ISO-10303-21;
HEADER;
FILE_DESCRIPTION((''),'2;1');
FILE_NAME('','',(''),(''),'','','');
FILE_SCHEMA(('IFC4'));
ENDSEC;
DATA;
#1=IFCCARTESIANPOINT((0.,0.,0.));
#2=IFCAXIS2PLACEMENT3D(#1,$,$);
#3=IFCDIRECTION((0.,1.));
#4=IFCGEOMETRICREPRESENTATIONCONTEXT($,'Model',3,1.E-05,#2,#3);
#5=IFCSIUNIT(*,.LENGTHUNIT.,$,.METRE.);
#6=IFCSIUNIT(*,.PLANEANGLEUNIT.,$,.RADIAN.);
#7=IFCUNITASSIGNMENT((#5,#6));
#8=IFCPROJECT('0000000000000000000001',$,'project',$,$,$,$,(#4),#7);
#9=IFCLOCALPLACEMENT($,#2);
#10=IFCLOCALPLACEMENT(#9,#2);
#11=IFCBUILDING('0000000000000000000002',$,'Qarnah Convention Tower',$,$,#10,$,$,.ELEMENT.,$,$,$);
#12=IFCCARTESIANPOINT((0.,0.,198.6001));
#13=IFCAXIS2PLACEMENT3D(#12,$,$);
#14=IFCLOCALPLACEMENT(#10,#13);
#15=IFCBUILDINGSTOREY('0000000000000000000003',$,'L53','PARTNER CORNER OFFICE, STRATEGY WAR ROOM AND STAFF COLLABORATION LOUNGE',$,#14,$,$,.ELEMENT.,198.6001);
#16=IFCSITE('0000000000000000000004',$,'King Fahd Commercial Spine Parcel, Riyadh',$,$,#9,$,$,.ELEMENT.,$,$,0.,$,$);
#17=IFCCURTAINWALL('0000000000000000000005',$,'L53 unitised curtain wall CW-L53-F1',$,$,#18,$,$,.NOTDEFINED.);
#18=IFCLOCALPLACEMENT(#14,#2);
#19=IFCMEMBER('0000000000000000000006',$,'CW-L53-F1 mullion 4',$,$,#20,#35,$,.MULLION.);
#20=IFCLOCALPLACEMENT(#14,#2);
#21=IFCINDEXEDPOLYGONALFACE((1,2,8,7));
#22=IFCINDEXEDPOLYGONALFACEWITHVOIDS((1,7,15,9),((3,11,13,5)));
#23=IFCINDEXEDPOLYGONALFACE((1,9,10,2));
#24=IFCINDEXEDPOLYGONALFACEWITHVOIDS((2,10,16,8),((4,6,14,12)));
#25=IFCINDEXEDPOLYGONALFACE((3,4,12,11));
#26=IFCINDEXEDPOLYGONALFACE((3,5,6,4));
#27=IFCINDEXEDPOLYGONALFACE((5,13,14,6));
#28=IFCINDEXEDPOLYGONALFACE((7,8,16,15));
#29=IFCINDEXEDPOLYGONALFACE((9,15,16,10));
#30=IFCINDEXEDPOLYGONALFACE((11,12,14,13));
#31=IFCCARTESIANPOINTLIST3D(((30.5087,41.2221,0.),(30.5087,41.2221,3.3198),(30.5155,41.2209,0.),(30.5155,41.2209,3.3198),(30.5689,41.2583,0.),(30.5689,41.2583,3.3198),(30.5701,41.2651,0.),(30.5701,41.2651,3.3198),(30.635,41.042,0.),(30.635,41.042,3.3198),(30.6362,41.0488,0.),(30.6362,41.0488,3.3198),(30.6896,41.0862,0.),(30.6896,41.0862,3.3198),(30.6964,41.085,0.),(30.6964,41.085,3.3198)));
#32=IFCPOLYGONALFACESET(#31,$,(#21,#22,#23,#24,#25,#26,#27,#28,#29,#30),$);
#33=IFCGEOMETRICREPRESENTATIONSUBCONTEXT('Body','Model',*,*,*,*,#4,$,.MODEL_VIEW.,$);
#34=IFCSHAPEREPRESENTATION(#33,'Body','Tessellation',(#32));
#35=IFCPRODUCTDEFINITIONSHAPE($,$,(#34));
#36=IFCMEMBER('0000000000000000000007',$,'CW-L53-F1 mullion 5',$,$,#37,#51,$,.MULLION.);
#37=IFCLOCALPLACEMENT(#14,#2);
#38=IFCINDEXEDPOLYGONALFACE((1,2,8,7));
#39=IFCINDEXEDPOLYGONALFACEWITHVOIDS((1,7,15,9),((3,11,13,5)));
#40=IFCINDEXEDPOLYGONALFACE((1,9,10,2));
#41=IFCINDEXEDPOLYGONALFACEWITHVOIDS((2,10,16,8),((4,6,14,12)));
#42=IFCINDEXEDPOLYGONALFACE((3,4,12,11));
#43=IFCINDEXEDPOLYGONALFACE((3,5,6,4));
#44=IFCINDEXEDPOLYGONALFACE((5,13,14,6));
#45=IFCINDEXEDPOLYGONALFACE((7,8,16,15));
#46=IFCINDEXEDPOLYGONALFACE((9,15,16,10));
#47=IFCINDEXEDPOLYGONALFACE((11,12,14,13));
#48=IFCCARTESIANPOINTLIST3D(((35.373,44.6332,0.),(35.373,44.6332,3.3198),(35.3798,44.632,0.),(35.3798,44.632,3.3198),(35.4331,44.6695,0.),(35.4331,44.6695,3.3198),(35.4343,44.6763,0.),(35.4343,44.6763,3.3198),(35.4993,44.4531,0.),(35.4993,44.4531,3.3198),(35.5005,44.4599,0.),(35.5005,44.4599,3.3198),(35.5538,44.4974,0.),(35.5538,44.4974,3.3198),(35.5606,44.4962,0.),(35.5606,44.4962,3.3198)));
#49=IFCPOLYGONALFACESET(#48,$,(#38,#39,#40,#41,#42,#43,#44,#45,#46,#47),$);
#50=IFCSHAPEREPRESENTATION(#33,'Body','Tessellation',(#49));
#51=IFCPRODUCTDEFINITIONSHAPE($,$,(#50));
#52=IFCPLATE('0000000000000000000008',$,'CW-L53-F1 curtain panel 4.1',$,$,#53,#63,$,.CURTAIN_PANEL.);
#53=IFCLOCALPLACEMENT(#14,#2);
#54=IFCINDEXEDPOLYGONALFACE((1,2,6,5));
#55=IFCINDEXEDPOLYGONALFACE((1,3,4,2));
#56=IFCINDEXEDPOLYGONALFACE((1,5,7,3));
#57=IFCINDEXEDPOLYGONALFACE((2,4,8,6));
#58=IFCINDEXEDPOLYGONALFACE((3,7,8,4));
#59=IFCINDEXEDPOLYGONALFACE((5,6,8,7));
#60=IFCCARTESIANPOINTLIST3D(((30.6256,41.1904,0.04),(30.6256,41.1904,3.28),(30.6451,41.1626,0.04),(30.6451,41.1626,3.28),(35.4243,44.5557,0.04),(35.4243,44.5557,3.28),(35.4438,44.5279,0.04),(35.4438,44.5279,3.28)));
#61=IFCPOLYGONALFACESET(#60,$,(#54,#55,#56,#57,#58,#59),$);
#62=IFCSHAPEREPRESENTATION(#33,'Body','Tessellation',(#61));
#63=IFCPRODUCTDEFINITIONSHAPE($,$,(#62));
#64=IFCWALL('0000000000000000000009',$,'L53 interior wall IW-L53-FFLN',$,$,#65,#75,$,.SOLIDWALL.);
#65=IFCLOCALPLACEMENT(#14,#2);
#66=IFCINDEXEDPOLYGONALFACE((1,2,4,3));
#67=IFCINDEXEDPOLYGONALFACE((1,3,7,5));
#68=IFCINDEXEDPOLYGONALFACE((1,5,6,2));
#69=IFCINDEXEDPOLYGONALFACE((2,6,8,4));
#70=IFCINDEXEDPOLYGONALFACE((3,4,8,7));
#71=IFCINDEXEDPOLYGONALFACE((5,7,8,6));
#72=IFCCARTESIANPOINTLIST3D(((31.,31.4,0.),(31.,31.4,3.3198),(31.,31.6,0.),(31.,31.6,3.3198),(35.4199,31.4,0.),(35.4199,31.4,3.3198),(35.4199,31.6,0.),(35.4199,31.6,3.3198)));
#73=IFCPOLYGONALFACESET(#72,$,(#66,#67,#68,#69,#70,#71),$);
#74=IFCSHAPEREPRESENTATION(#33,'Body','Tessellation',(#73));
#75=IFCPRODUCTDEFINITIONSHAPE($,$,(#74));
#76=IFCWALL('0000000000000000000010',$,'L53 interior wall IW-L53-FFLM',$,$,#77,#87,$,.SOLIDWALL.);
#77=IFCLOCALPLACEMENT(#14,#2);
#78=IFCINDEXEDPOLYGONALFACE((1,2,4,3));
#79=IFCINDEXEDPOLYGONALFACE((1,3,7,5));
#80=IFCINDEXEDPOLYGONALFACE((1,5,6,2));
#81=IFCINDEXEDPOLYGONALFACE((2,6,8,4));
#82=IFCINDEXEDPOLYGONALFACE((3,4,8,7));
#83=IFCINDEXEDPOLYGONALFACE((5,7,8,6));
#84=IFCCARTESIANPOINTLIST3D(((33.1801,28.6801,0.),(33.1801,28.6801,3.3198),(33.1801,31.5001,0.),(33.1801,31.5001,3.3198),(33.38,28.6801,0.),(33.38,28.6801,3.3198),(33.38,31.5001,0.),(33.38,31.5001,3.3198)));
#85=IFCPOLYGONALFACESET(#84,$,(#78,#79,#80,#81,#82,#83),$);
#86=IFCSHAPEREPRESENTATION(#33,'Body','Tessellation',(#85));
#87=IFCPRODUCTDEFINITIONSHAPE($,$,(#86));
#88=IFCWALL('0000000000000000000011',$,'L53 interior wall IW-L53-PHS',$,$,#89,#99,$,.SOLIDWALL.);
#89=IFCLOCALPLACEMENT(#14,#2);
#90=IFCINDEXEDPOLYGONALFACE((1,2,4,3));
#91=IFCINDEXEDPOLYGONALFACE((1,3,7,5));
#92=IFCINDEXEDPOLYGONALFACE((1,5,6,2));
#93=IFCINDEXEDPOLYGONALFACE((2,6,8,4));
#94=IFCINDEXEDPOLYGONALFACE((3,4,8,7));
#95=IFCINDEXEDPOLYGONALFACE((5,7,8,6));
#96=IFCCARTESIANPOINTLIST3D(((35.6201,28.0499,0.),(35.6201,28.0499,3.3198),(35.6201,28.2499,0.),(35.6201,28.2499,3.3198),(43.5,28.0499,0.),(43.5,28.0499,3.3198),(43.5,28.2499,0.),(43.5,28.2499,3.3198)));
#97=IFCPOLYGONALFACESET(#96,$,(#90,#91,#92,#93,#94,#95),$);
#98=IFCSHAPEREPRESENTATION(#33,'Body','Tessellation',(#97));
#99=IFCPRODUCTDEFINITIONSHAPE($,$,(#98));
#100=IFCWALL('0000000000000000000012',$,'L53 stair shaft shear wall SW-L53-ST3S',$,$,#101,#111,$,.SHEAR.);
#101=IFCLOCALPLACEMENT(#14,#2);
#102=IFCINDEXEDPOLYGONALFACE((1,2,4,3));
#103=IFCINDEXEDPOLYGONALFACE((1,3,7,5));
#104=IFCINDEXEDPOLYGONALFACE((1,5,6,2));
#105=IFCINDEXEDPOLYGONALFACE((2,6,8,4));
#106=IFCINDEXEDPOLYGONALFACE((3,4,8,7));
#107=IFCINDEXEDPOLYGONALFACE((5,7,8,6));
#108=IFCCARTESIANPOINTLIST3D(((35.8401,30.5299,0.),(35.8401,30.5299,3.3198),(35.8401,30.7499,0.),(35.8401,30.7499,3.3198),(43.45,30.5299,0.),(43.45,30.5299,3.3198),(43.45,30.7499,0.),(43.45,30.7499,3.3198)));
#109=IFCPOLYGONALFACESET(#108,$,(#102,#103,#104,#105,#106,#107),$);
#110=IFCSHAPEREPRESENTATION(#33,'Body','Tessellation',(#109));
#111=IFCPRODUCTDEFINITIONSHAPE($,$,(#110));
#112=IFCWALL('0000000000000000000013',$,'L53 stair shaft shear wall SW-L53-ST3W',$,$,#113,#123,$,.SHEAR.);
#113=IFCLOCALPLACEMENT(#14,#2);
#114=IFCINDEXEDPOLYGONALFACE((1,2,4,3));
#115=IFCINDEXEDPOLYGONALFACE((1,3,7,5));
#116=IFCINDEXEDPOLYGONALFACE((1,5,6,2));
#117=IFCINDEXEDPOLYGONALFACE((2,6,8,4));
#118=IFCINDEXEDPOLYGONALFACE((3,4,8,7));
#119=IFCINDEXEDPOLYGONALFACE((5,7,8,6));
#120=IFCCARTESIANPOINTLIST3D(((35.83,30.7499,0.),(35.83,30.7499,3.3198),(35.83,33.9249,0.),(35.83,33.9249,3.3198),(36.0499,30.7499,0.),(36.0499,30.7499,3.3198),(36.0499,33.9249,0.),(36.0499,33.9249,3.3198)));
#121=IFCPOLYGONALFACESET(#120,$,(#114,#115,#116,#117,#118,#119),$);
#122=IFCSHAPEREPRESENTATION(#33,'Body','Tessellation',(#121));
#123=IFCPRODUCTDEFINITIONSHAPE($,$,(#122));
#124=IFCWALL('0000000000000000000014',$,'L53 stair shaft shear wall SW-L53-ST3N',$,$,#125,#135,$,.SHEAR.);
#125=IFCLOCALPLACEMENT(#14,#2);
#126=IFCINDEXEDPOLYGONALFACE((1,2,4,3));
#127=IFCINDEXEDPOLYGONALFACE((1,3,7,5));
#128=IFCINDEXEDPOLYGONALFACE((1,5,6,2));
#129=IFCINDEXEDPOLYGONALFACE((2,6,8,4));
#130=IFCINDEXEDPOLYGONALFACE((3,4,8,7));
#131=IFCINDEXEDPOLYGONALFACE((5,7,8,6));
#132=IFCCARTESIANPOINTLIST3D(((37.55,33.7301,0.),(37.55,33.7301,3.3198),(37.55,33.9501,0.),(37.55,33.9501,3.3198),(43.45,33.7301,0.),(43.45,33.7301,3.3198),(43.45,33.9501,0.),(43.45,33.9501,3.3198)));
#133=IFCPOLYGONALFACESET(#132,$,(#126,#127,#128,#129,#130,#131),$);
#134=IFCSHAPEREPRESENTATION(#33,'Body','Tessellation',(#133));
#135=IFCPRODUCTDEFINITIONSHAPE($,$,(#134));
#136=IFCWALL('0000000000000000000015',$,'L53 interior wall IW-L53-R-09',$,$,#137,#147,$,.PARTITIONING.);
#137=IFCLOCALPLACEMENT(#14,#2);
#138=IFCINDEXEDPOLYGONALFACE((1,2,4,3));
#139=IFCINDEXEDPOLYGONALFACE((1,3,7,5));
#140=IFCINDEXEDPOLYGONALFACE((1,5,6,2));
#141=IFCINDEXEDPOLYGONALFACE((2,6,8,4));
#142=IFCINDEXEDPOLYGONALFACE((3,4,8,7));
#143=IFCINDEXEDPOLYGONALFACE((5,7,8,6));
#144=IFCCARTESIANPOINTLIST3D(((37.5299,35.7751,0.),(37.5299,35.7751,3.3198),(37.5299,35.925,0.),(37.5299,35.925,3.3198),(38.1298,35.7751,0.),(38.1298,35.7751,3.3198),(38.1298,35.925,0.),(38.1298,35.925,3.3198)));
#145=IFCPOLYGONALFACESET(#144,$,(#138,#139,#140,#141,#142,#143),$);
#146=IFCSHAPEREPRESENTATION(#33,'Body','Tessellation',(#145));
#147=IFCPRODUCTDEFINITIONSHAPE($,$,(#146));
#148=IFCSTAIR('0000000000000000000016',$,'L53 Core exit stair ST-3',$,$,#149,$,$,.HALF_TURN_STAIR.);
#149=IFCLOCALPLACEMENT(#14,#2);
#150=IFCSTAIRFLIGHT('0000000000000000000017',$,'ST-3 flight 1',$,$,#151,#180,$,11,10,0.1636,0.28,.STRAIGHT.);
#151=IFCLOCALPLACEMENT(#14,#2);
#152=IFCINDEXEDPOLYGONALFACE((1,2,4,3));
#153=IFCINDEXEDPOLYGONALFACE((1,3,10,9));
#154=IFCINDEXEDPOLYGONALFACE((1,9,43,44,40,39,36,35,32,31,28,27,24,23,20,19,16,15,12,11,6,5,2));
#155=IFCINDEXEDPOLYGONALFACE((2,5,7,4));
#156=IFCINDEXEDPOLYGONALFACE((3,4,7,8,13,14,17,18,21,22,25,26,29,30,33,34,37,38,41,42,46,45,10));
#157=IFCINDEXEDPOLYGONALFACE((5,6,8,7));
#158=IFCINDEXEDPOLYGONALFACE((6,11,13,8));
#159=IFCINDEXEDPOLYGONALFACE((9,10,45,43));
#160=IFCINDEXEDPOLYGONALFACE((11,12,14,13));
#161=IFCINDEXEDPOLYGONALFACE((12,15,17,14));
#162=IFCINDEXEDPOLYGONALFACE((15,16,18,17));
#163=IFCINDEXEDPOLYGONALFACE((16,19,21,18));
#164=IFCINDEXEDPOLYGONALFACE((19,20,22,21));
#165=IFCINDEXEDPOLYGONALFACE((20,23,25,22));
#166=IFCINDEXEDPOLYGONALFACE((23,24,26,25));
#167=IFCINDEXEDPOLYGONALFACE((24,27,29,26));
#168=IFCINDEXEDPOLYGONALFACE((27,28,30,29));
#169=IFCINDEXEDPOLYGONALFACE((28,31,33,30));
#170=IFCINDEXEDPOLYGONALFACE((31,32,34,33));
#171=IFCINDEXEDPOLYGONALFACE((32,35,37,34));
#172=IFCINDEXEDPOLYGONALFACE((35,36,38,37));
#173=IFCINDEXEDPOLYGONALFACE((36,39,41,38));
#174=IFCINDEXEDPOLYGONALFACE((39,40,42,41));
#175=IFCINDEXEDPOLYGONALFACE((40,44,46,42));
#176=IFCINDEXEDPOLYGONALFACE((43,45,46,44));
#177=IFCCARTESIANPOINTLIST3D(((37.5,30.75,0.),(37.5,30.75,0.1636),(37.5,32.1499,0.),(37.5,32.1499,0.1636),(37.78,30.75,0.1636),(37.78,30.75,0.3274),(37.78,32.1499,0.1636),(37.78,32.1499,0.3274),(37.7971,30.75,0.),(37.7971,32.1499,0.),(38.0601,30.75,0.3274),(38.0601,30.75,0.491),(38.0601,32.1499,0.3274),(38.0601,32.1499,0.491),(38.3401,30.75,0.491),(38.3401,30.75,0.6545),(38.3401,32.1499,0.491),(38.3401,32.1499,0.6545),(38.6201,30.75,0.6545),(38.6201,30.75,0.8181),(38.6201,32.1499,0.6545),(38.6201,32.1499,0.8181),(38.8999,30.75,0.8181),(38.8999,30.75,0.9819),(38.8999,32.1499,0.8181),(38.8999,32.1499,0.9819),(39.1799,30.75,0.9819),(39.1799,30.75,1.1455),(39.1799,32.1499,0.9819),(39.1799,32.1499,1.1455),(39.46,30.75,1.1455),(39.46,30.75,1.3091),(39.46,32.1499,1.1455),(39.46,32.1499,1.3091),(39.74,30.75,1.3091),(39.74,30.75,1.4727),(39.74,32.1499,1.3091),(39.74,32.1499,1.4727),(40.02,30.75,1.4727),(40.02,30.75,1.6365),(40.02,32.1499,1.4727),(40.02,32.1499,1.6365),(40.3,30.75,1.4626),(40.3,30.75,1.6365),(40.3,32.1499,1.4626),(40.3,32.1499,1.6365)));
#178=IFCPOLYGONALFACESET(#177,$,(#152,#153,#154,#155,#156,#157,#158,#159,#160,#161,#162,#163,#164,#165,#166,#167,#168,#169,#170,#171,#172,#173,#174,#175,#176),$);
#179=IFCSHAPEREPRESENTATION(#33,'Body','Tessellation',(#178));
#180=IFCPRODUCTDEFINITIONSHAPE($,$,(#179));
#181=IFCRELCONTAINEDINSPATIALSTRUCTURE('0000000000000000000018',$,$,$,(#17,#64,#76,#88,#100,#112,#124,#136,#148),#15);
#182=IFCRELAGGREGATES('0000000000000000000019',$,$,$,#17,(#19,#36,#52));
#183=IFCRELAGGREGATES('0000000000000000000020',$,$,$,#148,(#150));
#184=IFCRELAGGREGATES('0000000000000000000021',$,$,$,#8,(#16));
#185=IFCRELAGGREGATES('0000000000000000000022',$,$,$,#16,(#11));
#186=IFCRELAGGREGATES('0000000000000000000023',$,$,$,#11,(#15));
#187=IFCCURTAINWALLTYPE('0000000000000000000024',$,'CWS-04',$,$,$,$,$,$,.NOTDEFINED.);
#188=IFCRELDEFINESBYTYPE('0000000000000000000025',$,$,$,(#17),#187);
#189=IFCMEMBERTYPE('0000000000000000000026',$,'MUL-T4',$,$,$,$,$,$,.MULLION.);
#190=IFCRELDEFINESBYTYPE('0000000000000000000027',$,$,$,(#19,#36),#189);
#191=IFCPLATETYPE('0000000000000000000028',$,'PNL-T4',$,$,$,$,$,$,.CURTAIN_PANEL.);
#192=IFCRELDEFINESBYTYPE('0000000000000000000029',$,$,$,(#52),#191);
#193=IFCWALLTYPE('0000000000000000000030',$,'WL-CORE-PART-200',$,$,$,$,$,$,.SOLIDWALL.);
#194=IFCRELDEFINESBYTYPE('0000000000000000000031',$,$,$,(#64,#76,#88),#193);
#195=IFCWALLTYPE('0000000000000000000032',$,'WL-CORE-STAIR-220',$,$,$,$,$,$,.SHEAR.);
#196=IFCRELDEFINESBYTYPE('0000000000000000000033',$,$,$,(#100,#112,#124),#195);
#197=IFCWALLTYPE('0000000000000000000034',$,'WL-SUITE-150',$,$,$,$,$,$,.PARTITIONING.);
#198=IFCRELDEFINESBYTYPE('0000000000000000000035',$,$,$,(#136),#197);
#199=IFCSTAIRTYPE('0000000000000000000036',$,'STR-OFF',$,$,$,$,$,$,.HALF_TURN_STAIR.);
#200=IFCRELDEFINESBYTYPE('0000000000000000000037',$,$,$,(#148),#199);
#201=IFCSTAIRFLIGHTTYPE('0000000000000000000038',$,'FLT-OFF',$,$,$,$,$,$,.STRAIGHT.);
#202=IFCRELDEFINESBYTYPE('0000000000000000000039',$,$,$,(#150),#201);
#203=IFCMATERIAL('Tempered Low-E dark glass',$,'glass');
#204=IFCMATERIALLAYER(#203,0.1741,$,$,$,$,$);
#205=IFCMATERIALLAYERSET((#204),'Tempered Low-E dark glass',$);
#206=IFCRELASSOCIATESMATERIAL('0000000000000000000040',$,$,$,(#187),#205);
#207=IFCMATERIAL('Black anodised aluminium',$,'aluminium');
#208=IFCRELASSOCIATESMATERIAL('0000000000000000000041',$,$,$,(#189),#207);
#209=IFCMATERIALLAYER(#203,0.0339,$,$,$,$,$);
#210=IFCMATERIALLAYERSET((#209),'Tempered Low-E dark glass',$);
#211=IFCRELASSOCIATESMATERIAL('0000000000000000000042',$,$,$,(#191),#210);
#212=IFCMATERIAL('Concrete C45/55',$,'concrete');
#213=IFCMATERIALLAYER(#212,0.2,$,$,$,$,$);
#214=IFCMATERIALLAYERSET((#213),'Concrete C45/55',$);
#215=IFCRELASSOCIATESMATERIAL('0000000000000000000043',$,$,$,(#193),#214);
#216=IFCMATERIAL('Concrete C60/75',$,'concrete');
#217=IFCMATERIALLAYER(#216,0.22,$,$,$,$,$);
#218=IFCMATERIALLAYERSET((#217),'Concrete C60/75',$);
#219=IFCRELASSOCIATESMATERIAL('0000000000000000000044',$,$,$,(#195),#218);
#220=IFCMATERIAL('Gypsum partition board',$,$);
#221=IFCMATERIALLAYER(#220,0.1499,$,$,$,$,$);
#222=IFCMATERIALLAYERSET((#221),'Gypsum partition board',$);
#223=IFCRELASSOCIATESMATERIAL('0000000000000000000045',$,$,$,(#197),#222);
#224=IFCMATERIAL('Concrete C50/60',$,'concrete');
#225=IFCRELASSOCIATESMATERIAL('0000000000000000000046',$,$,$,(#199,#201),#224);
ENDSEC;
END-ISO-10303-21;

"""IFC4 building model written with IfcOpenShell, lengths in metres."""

from ifc_helpers import new_model, si_unit, direction, frame, frame_2d, origin, origin_2d, place, context, subcontext, project, spatial, polyline, rectangle, hollow_rectangle, outline, extrude, material, layer, layer_set, material_profile, profile_set, type_object, element, aggregate, save


model = new_model("IFC4")

# Units and contexts
model_context = context("Model", 3, precision=1e-05, world=origin(), true_north=direction((0.0, 1.0)))
body_context = subcontext(model_context, "Body", "Model", "MODEL_VIEW")
ifc_project = project(units=[si_unit("LENGTHUNIT", "METRE"), si_unit("PLANEANGLEUNIT", "RADIAN")], contexts=[model_context])

# Site, building, storey
site_placement = place(None, origin())
site = spatial("IfcSite", under=ifc_project, at=site_placement, Name="King Fahd Commercial Spine Parcel, Riyadh", CompositionType="ELEMENT", RefElevation=0.0)
building_placement = place(site_placement, origin())
building = spatial("IfcBuilding", under=site, at=building_placement, Name="Qarnah Convention Tower", CompositionType="ELEMENT")
storey_placement = place(building_placement, frame((0.0, 0.0, 198.6001)))
storey = spatial("IfcBuildingStorey", under=building, at=storey_placement, Name="L53", Description="PARTNER CORNER OFFICE, STRATEGY WAR ROOM AND STAFF COLLABORATION LOUNGE", CompositionType="ELEMENT", Elevation=198.6001)

# Shared definitions
ifc_material_1 = material(Name="Concrete C50/60", Category="concrete")

# Curtain wall, members, plate
ifc_material_2 = material(Name="Tempered Low-E dark glass", Category="glass")
ifc_layer_1 = layer(ifc_material_2, 0.1741)
ifc_layer_set_1 = layer_set([ifc_layer_1], Name="Tempered Low-E dark glass")
curtain_wall_type = type_object("IfcCurtainWallType", Name="CWS-04", PredefinedType="NOTDEFINED", material=ifc_layer_set_1)
curtain_wall_placement = place(storey_placement, origin())
curtain_wall = element("IfcCurtainWall", 1, at=curtain_wall_placement, inside=storey, type_object=curtain_wall_type, Name="L53 unitised curtain wall CW-L53-F1", PredefinedType="NOTDEFINED")
ifc_material_3 = material(Name="Black anodised aluminium", Category="aluminium")
ifc_material_profile_1 = material_profile(ifc_material_3, hollow_rectangle(XDim=0.075, YDim=0.22, WallThickness=0.0049, at=origin_2d()), Name="MUL-75X220")
ifc_profile_set_1 = profile_set([ifc_material_profile_1], Name="Black anodised aluminium")
member_type = type_object("IfcMemberType", Name="MUL-T4", PredefinedType="MULLION", material=ifc_profile_set_1)
member_1_placement = place(storey_placement, frame((30.6025, 41.1536, 0.0), z_axis=(0.0, 0.0, 1.0), x_axis=(0.818737, 0.574169, 0.0)))
member_1 = element("IfcMember", 2, at=member_1_placement, type_object=member_type, Name="CW-L53-F1 mullion 4", PredefinedType="MULLION", context=body_context, shape_type="SweptSolid", body=[
    extrude(hollow_rectangle(XDim=0.075, YDim=0.22, WallThickness=0.0049, at=origin_2d()), origin(), (0.0, 0.0, 1.0), 3.3198),
])
member_2_placement = place(storey_placement, frame((35.4668, 44.5647, 0.0), z_axis=(0.0, 0.0, 1.0), x_axis=(0.818737, 0.574169, 0.0)))
member_2 = element("IfcMember", 3, at=member_2_placement, type_object=member_type, Name="CW-L53-F1 mullion 5", PredefinedType="MULLION", context=body_context, shape_type="SweptSolid", body=[
    extrude(hollow_rectangle(XDim=0.075, YDim=0.22, WallThickness=0.0049, at=origin_2d()), origin(), (0.0, 0.0, 1.0), 3.3198),
])
ifc_layer_2 = layer(ifc_material_2, 0.0339)
ifc_layer_set_2 = layer_set([ifc_layer_2], Name="Tempered Low-E dark glass")
plate_type = type_object("IfcPlateType", Name="PNL-T4", PredefinedType="CURTAIN_PANEL", material=ifc_layer_set_2)
plate_placement = place(storey_placement, frame((33.0347, 42.8591, 0.04), z_axis=(0.0, 0.0, 1.0), x_axis=(0.818737, 0.574169, 0.0)))
plate = element("IfcPlate", 4, at=plate_placement, type_object=plate_type, Name="CW-L53-F1 curtain panel 4.1", PredefinedType="CURTAIN_PANEL", context=body_context, shape_type="SweptSolid", body=[
    extrude(rectangle(XDim=5.8611, YDim=0.0339, at=origin_2d()), origin(), (0.0, 0.0, 1.0), 3.24),
])
aggregate(curtain_wall, [member_1, member_2, plate])

# Shared definitions
ifc_material_4 = material(Name="Concrete C45/55", Category="concrete")
ifc_layer_3 = layer(ifc_material_4, 0.2)
ifc_layer_set_3 = layer_set([ifc_layer_3], Name="Concrete C45/55")
wall_type_1 = type_object("IfcWallType", Name="WL-CORE-PART-200", PredefinedType="SOLIDWALL", material=ifc_layer_set_3)

# Walls
wall_1_placement = place(storey_placement, frame((31.0, 31.5, 0.0), z_axis=(0.0, 0.0, 1.0), x_axis=(1.0, 0.0, 0.0)))
element("IfcWall", 5, at=wall_1_placement, inside=storey, type_object=wall_type_1, Name="L53 interior wall IW-L53-FFLN", PredefinedType="SOLIDWALL", context=body_context, shape_type="SweptSolid", body=[
    extrude(rectangle(XDim=4.4199, YDim=0.2, at=frame_2d((2.21, 0.0))), origin(), (0.0, 0.0, 1.0), 3.3198),
])
wall_2_placement = place(storey_placement, frame((33.28, 28.6799, 0.0), z_axis=(0.0, 0.0, 1.0), x_axis=(0.0, 1.0, 0.0)))
element("IfcWall", 6, at=wall_2_placement, inside=storey, type_object=wall_type_1, Name="L53 interior wall IW-L53-FFLM", PredefinedType="SOLIDWALL", context=body_context, shape_type="SweptSolid", body=[
    extrude(rectangle(XDim=2.8201, YDim=0.2, at=frame_2d((1.4102, 0.0))), origin(), (0.0, 0.0, 1.0), 3.3198),
])
wall_3_placement = place(storey_placement, frame((35.6201, 28.1499, 0.0), z_axis=(0.0, 0.0, 1.0), x_axis=(1.0, 0.0, 0.0)))
element("IfcWall", 7, at=wall_3_placement, inside=storey, type_object=wall_type_1, Name="L53 interior wall IW-L53-PHS", PredefinedType="SOLIDWALL", context=body_context, shape_type="SweptSolid", body=[
    extrude(rectangle(XDim=7.8799, YDim=0.2, at=frame_2d((3.9399, 0.0))), origin(), (0.0, 0.0, 1.0), 3.3198),
])

# Walls
ifc_material_5 = material(Name="Concrete C60/75", Category="concrete")
ifc_layer_4 = layer(ifc_material_5, 0.22)
ifc_layer_set_4 = layer_set([ifc_layer_4], Name="Concrete C60/75")
wall_type_2 = type_object("IfcWallType", Name="WL-CORE-STAIR-220", PredefinedType="SHEAR", material=ifc_layer_set_4)
wall_4_placement = place(storey_placement, frame((35.8401, 30.6399, 0.0), z_axis=(0.0, 0.0, 1.0), x_axis=(1.0, 0.0, 0.0)))
element("IfcWall", 8, at=wall_4_placement, inside=storey, type_object=wall_type_2, Name="L53 stair shaft shear wall SW-L53-ST3S", PredefinedType="SHEAR", context=body_context, shape_type="SweptSolid", body=[
    extrude(rectangle(XDim=7.6099, YDim=0.22, at=frame_2d((3.8049, 0.0))), origin(), (0.0, 0.0, 1.0), 3.3198),
])
wall_5_placement = place(storey_placement, frame((35.9399, 30.75, 0.0), z_axis=(0.0, 0.0, 1.0), x_axis=(0.0, 1.0, 0.0)))
element("IfcWall", 9, at=wall_5_placement, inside=storey, type_object=wall_type_2, Name="L53 stair shaft shear wall SW-L53-ST3W", PredefinedType="SHEAR", context=body_context, shape_type="SweptSolid", body=[
    extrude(rectangle(XDim=3.175, YDim=0.22, at=frame_2d((1.5874, 0.0))), origin(), (0.0, 0.0, 1.0), 3.3198),
])
wall_6_placement = place(storey_placement, frame((37.55, 33.8401, 0.0), z_axis=(0.0, 0.0, 1.0), x_axis=(1.0, 0.0, 0.0)))
element("IfcWall", 10, at=wall_6_placement, inside=storey, type_object=wall_type_2, Name="L53 stair shaft shear wall SW-L53-ST3N", PredefinedType="SHEAR", context=body_context, shape_type="SweptSolid", body=[
    extrude(rectangle(XDim=5.8999, YDim=0.22, at=frame_2d((2.95, 0.0))), origin(), (0.0, 0.0, 1.0), 3.3198),
])
ifc_material_6 = material(Name="Gypsum partition board")
ifc_layer_5 = layer(ifc_material_6, 0.1499)
ifc_layer_set_5 = layer_set([ifc_layer_5], Name="Gypsum partition board")
wall_type_3 = type_object("IfcWallType", Name="WL-SUITE-150", PredefinedType="PARTITIONING", material=ifc_layer_set_5)
wall_7_placement = place(storey_placement, frame((37.53, 35.8501, 0.0), z_axis=(0.0, 0.0, 1.0), x_axis=(1.0, 0.0, 0.0)))
element("IfcWall", 11, at=wall_7_placement, inside=storey, type_object=wall_type_3, Name="L53 interior wall IW-L53-R-09", PredefinedType="PARTITIONING", context=body_context, shape_type="SweptSolid", body=[
    extrude(rectangle(XDim=0.5999, YDim=0.1499, at=frame_2d((0.2998, 0.0))), origin(), (0.0, 0.0, 1.0), 3.3198),
])

# Stair, stair flight
stair_type = type_object("IfcStairType", Name="STR-OFF", PredefinedType="HALF_TURN_STAIR", material=ifc_material_1)
stair_placement = place(storey_placement, origin())
stair = element("IfcStair", 12, at=stair_placement, inside=storey, type_object=stair_type, Name="L53 Core exit stair ST-3", PredefinedType="HALF_TURN_STAIR")
stair_flight_type = type_object("IfcStairFlightType", Name="FLT-OFF", PredefinedType="STRAIGHT", material=ifc_material_1)
stair_flight_placement = place(storey_placement, frame((37.5, 31.45, 0.0), z_axis=(0.0, 0.0, 1.0), x_axis=(1.0, 0.0, 0.0)))
stair_flight = element("IfcStairFlight", 13, at=stair_flight_placement, type_object=stair_flight_type, Name="ST-3 flight 1", NumberOfRisers=11, NumberOfTreads=10, PredefinedType="STRAIGHT", RiserHeight=0.1636, TreadLength=0.28, context=body_context, shape_type="SweptSolid", body=[
    extrude(outline(polyline([(0.0, 0.0), (0.0, 0.1636), (0.28, 0.1636), (0.28, 0.3274), (0.5601, 0.3274), (0.5601, 0.491), (0.8401, 0.491), (0.8401, 0.6545), (1.1201, 0.6545), (1.1201, 0.8181), (1.3999, 0.8181), (1.3999, 0.9819), (1.6799, 0.9819), (1.6799, 1.1455), (1.96, 1.1455), (1.96, 1.3091), (2.24, 1.3091), (2.24, 1.4727), (2.52, 1.4727), (2.52, 1.6365), (2.8, 1.6365), (2.8, 1.8), (2.8, 1.4626), (0.2971, 0.0), (0.0, 0.0)])), frame((0.0, 0.7, 0.0), z_axis=(0.0, -1.0, 0.0), x_axis=(1.0, 0.0, 0.0)), (0.0, 0.0, 1.0), 1.3999),
])
aggregate(stair, [stair_flight])

save(model, "model.ifc")
